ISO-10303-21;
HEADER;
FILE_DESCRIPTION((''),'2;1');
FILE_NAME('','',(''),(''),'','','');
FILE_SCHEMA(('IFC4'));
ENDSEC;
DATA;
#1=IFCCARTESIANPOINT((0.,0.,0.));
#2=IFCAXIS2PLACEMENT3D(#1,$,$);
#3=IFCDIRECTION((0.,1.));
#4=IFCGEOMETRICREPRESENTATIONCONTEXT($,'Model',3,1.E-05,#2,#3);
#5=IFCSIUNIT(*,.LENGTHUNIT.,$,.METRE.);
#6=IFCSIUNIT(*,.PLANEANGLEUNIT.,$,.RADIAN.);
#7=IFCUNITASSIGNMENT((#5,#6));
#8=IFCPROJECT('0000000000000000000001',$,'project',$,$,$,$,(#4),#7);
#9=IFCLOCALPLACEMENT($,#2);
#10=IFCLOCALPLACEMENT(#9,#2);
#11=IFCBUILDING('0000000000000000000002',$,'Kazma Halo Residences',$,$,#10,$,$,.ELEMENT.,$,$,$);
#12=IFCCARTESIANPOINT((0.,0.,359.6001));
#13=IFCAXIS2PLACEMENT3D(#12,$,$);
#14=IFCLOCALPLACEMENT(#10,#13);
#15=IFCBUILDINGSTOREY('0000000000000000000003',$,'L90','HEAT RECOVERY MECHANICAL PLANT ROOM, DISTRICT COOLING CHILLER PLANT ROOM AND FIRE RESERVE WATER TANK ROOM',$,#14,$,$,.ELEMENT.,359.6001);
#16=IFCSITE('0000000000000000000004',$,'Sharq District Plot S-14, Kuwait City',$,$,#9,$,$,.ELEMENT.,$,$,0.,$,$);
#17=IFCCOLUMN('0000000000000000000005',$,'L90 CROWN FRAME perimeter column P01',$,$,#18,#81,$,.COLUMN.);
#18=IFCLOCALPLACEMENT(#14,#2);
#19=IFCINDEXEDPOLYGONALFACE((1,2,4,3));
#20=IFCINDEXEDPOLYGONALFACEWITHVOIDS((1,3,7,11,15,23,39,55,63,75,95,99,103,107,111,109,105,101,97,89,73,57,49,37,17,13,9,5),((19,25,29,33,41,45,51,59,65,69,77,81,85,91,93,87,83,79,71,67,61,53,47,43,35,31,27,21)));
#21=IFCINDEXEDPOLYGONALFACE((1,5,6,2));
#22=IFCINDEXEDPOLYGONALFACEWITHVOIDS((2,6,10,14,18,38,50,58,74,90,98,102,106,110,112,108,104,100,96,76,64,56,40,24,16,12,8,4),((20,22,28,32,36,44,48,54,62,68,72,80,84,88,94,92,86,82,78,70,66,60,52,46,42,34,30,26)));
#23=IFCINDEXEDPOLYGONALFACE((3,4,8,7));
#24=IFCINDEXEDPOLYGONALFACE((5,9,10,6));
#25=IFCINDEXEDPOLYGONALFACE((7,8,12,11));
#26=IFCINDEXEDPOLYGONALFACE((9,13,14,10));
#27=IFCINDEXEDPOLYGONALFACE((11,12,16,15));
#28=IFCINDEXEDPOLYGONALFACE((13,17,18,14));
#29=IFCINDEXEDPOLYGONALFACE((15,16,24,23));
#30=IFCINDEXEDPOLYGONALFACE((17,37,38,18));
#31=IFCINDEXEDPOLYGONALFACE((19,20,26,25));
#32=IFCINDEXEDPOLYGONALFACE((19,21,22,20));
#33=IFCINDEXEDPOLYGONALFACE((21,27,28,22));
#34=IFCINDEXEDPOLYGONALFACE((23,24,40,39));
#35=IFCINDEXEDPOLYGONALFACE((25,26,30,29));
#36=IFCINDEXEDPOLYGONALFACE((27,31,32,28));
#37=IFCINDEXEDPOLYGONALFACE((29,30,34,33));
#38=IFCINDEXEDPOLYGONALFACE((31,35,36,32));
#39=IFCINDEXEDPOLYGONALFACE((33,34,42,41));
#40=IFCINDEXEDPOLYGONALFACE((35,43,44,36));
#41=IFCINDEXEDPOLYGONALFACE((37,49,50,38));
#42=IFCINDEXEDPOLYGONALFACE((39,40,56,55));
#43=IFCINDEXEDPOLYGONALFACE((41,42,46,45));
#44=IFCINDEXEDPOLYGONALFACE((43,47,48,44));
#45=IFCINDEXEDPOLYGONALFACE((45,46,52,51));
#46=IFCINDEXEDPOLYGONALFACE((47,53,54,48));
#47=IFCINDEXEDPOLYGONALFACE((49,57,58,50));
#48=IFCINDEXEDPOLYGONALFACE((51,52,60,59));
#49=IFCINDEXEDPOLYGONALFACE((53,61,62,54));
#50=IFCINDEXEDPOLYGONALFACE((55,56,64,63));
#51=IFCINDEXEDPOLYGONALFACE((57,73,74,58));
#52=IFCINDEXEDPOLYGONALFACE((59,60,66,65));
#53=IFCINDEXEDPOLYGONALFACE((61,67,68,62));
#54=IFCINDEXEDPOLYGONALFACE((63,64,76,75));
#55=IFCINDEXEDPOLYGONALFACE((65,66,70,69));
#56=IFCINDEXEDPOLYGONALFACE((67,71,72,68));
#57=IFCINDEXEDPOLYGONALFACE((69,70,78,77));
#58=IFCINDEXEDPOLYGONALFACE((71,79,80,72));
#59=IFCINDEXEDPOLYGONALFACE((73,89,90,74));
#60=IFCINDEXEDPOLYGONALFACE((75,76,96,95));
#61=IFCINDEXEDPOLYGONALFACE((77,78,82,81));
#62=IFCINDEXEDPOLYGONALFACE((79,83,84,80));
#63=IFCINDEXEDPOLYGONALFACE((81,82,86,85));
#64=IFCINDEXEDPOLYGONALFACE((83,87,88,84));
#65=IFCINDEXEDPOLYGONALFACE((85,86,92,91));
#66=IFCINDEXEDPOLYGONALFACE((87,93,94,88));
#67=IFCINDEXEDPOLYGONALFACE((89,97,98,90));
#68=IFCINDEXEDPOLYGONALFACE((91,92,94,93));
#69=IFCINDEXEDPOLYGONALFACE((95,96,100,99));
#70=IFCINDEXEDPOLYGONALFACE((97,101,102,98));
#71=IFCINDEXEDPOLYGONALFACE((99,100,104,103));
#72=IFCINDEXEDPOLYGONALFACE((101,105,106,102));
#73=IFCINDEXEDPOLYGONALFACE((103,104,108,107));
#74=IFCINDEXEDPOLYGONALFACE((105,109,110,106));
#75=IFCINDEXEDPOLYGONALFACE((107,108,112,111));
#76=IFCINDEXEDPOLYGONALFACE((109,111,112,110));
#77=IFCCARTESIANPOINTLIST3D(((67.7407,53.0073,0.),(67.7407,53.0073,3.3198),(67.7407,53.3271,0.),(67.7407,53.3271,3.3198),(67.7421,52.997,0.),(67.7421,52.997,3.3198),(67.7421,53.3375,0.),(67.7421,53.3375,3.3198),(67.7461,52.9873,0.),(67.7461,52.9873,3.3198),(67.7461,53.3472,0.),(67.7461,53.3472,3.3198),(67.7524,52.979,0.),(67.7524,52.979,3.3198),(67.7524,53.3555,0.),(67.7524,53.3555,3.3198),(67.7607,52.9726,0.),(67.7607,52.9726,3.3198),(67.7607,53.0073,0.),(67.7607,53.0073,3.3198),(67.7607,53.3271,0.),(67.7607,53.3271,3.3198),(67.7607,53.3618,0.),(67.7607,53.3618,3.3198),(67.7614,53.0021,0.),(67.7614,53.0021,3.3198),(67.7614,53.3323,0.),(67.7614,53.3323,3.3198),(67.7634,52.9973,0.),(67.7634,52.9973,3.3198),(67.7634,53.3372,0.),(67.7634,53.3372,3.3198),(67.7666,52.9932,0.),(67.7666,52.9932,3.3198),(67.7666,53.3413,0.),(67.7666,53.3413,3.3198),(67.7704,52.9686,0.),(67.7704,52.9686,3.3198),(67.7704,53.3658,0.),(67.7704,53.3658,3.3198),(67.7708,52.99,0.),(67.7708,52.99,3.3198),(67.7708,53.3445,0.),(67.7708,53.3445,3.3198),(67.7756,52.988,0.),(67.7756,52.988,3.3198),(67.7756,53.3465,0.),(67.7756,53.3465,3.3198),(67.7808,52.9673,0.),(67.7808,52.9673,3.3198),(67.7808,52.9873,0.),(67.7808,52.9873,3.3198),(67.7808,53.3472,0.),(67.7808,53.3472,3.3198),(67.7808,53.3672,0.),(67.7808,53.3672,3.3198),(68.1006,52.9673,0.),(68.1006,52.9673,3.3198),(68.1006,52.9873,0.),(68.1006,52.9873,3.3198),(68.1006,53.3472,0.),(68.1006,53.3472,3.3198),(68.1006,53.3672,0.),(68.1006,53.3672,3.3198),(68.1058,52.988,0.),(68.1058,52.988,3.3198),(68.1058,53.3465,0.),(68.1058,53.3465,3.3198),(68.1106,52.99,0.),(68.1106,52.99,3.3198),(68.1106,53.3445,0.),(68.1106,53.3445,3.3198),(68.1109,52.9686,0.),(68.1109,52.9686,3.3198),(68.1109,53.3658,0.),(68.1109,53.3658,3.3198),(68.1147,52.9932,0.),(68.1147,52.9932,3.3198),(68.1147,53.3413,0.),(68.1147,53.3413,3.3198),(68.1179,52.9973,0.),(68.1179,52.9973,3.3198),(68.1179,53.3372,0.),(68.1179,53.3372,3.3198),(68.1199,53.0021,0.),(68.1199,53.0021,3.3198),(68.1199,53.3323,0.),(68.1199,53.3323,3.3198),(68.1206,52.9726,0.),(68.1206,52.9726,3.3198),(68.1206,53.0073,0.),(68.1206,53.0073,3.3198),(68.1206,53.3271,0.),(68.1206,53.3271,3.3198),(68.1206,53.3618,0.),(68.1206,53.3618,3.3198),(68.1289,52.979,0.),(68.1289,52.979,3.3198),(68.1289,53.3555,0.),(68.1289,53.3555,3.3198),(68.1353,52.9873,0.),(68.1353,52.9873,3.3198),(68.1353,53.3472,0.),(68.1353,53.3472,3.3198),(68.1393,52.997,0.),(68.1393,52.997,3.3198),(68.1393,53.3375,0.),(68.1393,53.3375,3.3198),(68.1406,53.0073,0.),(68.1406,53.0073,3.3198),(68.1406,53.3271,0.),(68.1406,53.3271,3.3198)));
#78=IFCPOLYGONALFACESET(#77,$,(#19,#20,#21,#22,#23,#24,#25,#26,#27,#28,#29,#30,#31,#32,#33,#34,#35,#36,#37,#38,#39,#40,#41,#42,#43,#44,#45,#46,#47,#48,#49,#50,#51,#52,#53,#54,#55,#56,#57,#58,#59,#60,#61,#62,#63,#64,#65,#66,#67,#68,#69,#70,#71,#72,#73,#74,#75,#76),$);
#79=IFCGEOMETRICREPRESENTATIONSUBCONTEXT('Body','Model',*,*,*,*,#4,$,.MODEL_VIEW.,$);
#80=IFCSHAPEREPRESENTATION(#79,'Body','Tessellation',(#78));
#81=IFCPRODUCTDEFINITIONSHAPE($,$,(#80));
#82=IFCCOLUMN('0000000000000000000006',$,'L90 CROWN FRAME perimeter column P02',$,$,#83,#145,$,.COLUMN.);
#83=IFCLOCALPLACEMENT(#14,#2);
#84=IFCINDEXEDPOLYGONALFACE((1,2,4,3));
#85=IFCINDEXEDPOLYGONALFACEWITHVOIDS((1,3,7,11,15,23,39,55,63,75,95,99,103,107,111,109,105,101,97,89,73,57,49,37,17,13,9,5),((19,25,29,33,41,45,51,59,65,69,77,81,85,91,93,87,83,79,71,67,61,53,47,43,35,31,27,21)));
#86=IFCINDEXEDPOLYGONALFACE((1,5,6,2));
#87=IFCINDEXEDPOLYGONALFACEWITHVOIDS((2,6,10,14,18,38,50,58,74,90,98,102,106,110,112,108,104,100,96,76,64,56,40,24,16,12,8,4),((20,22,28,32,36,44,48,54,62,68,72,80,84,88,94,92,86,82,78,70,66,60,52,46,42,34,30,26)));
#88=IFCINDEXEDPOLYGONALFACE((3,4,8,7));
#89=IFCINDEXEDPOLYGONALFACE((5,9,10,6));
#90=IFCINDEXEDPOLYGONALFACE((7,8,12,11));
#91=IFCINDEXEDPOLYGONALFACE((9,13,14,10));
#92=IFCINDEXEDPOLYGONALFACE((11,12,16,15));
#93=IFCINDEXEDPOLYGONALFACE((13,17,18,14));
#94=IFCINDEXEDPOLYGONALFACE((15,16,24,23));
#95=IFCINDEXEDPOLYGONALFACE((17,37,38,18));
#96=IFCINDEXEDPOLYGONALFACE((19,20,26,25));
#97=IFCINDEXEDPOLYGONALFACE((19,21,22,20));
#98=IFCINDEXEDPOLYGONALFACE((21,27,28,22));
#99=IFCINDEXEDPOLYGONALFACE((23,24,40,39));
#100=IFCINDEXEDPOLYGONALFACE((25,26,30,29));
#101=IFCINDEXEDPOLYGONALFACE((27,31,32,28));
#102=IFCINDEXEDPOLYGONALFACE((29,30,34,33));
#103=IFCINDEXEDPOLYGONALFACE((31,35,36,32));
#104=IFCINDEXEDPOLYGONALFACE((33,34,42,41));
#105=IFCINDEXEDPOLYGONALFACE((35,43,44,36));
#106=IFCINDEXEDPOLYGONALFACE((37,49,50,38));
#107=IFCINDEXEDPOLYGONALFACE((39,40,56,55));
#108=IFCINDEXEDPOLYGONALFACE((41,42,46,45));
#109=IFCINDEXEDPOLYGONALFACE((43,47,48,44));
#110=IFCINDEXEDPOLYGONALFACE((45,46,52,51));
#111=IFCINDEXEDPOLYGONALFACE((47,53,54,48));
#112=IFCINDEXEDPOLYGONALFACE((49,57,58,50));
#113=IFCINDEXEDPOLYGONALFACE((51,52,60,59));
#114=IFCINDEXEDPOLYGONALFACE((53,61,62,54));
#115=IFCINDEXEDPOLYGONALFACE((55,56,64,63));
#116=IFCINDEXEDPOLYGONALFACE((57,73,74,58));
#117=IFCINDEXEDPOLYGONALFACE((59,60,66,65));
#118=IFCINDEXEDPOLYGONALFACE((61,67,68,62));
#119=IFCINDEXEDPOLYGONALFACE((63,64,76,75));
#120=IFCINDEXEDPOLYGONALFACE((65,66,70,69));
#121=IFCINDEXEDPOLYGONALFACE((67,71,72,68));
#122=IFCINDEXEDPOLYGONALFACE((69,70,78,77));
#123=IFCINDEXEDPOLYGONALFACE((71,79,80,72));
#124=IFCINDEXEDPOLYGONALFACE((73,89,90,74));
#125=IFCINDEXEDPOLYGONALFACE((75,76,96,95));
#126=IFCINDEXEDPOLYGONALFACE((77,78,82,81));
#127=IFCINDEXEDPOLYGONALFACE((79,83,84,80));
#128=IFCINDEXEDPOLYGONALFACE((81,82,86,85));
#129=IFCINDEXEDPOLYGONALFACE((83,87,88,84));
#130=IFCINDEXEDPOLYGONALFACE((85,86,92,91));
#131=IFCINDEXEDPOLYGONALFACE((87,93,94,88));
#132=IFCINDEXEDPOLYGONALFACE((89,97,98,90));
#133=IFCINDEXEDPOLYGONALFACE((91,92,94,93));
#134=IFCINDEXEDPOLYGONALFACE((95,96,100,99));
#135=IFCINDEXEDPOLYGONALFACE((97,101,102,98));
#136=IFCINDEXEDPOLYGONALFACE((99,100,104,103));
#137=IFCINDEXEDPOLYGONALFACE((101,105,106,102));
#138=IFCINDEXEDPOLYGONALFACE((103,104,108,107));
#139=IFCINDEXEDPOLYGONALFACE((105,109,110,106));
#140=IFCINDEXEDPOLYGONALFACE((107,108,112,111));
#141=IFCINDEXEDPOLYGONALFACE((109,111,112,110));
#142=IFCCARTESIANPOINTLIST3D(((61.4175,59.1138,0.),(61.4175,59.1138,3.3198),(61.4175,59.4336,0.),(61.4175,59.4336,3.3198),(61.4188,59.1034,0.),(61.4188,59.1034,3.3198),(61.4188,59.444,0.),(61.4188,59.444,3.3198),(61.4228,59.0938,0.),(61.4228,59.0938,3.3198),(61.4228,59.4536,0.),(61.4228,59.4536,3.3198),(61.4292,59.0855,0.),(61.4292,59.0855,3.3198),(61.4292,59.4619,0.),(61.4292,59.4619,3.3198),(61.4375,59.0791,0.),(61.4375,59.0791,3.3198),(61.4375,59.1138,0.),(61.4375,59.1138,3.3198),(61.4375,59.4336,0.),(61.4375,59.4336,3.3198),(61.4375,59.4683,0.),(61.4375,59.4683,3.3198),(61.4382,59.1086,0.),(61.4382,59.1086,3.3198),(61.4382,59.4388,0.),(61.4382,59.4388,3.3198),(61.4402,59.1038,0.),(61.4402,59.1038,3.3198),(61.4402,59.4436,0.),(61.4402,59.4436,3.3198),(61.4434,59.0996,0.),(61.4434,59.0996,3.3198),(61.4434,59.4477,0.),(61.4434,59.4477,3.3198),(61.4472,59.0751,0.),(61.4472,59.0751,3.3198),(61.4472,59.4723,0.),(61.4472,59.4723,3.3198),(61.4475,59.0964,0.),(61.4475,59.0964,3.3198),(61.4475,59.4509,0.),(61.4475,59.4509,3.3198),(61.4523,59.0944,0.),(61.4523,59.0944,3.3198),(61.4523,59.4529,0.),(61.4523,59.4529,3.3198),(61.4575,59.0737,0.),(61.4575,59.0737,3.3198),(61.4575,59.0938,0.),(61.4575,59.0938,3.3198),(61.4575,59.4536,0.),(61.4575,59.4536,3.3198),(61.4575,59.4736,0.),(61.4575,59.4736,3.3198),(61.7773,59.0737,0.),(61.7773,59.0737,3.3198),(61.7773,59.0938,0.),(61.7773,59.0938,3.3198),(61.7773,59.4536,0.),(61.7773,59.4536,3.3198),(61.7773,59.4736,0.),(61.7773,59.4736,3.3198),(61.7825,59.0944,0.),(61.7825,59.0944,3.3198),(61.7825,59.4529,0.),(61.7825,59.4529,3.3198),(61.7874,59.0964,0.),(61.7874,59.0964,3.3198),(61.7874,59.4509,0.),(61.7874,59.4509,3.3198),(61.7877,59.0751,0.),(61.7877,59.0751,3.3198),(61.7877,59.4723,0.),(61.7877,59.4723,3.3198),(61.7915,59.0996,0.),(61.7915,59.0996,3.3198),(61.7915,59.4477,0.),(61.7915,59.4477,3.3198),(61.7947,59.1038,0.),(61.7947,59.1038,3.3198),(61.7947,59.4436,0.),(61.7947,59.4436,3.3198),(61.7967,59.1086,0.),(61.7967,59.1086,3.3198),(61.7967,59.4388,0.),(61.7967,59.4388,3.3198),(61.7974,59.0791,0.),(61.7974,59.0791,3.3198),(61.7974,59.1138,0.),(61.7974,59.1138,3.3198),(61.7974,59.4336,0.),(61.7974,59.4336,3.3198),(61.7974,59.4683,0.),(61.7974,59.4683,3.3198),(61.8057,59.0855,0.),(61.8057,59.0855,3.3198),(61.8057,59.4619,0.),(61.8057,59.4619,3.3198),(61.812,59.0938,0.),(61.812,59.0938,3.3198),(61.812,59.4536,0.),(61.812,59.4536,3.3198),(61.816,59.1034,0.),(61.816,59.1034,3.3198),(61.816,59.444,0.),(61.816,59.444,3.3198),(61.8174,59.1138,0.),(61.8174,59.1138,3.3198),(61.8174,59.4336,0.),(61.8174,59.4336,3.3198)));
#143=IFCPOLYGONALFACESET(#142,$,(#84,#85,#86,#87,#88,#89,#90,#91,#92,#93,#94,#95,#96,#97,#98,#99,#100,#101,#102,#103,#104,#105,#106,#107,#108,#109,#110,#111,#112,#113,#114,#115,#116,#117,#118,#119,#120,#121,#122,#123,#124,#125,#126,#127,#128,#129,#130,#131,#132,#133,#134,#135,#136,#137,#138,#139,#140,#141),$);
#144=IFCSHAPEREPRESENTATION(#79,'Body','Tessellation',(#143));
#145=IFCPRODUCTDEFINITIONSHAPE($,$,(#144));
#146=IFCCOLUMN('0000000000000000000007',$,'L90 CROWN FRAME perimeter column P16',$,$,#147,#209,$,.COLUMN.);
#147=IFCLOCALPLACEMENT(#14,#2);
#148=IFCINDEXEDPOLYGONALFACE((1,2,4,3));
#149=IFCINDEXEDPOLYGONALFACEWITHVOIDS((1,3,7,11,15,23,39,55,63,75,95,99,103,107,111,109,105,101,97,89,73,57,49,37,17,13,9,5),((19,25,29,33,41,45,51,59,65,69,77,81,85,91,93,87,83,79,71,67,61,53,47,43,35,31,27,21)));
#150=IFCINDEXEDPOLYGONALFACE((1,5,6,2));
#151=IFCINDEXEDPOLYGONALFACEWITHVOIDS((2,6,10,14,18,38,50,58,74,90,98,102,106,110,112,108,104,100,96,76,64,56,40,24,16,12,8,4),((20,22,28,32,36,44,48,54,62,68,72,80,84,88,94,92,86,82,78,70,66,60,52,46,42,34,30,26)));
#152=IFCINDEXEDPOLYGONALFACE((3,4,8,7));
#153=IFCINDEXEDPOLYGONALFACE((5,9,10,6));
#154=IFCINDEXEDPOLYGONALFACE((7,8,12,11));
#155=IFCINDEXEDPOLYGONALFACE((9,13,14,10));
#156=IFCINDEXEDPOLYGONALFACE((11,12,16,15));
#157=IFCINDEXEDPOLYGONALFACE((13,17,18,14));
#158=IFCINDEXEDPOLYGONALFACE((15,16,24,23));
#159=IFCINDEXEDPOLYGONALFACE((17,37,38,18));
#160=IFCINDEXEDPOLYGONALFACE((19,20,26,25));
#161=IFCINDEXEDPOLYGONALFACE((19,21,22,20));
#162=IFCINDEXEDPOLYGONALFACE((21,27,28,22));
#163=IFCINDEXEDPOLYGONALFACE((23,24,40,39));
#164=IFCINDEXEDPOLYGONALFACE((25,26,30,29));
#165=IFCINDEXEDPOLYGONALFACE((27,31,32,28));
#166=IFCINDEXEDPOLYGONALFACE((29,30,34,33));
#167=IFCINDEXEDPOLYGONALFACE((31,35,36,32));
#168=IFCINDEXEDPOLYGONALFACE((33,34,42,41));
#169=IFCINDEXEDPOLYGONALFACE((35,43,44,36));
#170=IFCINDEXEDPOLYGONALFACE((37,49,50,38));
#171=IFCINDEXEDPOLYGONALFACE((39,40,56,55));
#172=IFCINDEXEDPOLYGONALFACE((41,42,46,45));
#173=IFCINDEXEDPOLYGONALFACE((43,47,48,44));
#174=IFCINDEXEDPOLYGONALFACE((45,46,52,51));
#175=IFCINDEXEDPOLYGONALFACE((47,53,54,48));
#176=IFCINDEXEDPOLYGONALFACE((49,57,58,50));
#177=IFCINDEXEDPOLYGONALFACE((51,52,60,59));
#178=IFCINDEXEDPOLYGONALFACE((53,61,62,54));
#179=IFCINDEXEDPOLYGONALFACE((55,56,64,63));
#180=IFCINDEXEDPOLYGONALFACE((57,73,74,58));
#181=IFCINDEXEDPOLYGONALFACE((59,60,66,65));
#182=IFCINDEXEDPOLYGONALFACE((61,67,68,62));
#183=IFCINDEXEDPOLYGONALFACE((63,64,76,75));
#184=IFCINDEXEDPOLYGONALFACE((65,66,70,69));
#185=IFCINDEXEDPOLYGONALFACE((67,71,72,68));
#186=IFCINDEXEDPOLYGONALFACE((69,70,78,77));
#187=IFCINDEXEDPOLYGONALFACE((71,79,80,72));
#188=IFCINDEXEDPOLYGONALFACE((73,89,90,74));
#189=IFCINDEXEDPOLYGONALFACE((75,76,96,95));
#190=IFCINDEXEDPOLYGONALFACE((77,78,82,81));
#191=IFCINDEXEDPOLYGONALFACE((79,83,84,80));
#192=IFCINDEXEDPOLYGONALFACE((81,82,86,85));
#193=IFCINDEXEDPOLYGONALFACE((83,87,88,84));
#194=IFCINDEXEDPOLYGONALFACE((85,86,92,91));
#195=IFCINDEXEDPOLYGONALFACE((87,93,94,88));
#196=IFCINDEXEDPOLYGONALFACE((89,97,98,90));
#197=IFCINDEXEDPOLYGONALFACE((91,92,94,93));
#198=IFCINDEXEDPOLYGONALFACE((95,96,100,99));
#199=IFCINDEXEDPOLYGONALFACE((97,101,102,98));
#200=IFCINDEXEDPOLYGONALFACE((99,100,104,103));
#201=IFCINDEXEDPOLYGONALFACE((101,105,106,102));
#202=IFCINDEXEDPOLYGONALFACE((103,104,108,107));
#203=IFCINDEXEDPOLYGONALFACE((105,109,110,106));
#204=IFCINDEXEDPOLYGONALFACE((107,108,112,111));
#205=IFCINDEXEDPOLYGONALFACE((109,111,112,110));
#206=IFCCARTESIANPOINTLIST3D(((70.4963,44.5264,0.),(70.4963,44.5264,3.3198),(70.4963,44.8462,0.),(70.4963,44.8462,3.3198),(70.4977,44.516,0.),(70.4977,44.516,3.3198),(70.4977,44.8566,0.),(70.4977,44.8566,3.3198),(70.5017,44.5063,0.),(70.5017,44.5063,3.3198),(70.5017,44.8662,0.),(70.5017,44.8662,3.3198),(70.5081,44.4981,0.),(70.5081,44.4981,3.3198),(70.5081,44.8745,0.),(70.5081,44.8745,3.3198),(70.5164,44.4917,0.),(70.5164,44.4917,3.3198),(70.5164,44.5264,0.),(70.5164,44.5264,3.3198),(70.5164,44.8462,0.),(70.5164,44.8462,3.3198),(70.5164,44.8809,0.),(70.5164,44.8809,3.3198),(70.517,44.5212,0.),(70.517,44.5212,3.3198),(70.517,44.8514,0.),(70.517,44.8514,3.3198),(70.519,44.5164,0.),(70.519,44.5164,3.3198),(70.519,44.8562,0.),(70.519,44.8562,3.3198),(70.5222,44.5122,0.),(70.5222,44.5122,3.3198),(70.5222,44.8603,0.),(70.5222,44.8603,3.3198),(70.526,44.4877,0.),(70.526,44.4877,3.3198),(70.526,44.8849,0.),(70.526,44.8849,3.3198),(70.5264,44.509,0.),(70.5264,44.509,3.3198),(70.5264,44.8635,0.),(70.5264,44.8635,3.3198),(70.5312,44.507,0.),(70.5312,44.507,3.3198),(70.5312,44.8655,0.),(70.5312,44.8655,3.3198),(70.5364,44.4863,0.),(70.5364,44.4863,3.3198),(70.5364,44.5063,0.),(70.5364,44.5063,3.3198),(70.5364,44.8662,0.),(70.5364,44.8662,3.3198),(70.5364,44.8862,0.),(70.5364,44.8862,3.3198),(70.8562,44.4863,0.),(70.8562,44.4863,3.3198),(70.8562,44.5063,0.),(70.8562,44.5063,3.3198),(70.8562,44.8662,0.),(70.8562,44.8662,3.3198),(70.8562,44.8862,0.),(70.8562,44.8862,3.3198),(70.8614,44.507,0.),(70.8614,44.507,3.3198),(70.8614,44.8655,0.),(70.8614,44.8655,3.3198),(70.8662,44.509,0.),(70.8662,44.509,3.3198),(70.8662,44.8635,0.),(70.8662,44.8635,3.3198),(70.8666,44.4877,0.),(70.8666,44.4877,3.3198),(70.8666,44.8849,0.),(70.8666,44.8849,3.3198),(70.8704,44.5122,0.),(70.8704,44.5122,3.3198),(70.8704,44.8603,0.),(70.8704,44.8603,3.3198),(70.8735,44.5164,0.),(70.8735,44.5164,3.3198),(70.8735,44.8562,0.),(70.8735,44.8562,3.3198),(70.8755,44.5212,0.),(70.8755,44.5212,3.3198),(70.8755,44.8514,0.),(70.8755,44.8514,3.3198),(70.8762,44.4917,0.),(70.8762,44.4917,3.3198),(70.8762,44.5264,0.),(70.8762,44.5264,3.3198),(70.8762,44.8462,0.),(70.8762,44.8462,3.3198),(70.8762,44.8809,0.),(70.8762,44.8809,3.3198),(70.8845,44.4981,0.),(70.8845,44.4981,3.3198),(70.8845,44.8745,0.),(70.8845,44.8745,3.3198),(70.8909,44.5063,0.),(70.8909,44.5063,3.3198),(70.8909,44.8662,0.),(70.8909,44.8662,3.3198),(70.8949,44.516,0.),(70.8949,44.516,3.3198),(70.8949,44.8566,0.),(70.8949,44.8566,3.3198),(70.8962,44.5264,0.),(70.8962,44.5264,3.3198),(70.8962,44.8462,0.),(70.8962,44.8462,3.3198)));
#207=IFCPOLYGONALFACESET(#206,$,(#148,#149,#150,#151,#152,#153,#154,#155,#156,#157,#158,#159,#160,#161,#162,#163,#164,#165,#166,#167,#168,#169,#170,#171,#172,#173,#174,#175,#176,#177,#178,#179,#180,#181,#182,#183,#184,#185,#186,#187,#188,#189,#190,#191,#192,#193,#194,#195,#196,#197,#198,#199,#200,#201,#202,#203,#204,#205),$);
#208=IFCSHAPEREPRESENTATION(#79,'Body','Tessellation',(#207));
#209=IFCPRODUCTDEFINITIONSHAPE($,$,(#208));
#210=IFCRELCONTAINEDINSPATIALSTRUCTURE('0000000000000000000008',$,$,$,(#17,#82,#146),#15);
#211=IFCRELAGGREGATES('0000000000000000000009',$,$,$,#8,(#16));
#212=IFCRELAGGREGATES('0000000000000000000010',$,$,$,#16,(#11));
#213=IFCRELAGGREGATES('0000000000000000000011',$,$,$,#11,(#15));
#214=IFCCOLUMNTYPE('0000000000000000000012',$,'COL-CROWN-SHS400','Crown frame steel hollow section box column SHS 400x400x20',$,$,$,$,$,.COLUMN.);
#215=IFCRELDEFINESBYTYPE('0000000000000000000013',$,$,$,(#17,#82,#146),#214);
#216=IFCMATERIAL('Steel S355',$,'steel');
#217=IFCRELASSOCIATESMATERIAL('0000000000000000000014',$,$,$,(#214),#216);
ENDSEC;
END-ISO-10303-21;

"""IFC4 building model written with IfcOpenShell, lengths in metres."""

from ifc_helpers import new_model, si_unit, direction, frame, origin, origin_2d, place, context, subcontext, project, spatial, hollow_rectangle, extrude, material, material_profile, profile_set, type_object, element, save


model = new_model("IFC4")

# Units and contexts
model_context = context("Model", 3, precision=1e-05, world=origin(), true_north=direction((0.0, 1.0)))
body_context = subcontext(model_context, "Body", "Model", "MODEL_VIEW")
ifc_project = project(units=[si_unit("LENGTHUNIT", "METRE"), si_unit("PLANEANGLEUNIT", "RADIAN")], contexts=[model_context])

# Site, building, storey
site_placement = place(None, origin())
site = spatial("IfcSite", under=ifc_project, at=site_placement, Name="Sharq District Plot S-14, Kuwait City", CompositionType="ELEMENT", RefElevation=0.0)
building_placement = place(site_placement, origin())
building = spatial("IfcBuilding", under=site, at=building_placement, Name="Kazma Halo Residences", CompositionType="ELEMENT")
storey_placement = place(building_placement, frame((0.0, 0.0, 359.6001)))
storey = spatial("IfcBuildingStorey", under=building, at=storey_placement, Name="L90", Description="HEAT RECOVERY MECHANICAL PLANT ROOM, DISTRICT COOLING CHILLER PLANT ROOM AND FIRE RESERVE WATER TANK ROOM", CompositionType="ELEMENT", Elevation=359.6001)

# Columns
ifc_material_1 = material(Name="Steel S355", Category="steel")
ifc_material_profile_1 = material_profile(ifc_material_1, hollow_rectangle(XDim=0.3999, YDim=0.3999, WallThickness=0.02, InnerFilletRadius=0.02, OuterFilletRadius=0.04, at=origin_2d()), Name="SHS400x400x20")
ifc_profile_set_1 = profile_set([ifc_material_profile_1], Name="Steel S355")
column_type = type_object("IfcColumnType", Name="COL-CROWN-SHS400", Description="Crown frame steel hollow section box column SHS 400x400x20", PredefinedType="COLUMN", material=ifc_profile_set_1)
for number, where, z_axis, x_axis, name in (
    (1, (67.9407, 53.1672, 0.0), (0.0, 0.0, 1.0), (1.0, 0.0, 0.0), "L90 CROWN FRAME perimeter column P01"),
    (2, (61.6174, 59.2737, 0.0), (0.0, 0.0, 1.0), (1.0, 0.0, 0.0), "L90 CROWN FRAME perimeter column P02"),
    (3, (70.6963, 44.6863, 0.0), (0.0, 0.0, 1.0), (1.0, 0.0, 0.0), "L90 CROWN FRAME perimeter column P16"),
):
    element("IfcColumn", number, at=place(storey_placement, frame(where, z_axis=z_axis, x_axis=x_axis)), inside=storey, type_object=column_type, Name=name, PredefinedType="COLUMN", context=body_context, shape_type="SweptSolid", body=[
        extrude(hollow_rectangle(XDim=0.3999, YDim=0.3999, WallThickness=0.02, InnerFilletRadius=0.02, OuterFilletRadius=0.04, at=origin_2d()), origin(), (0.0, 0.0, 1.0), 3.3198),
    ])

save(model, "model.ifc")
